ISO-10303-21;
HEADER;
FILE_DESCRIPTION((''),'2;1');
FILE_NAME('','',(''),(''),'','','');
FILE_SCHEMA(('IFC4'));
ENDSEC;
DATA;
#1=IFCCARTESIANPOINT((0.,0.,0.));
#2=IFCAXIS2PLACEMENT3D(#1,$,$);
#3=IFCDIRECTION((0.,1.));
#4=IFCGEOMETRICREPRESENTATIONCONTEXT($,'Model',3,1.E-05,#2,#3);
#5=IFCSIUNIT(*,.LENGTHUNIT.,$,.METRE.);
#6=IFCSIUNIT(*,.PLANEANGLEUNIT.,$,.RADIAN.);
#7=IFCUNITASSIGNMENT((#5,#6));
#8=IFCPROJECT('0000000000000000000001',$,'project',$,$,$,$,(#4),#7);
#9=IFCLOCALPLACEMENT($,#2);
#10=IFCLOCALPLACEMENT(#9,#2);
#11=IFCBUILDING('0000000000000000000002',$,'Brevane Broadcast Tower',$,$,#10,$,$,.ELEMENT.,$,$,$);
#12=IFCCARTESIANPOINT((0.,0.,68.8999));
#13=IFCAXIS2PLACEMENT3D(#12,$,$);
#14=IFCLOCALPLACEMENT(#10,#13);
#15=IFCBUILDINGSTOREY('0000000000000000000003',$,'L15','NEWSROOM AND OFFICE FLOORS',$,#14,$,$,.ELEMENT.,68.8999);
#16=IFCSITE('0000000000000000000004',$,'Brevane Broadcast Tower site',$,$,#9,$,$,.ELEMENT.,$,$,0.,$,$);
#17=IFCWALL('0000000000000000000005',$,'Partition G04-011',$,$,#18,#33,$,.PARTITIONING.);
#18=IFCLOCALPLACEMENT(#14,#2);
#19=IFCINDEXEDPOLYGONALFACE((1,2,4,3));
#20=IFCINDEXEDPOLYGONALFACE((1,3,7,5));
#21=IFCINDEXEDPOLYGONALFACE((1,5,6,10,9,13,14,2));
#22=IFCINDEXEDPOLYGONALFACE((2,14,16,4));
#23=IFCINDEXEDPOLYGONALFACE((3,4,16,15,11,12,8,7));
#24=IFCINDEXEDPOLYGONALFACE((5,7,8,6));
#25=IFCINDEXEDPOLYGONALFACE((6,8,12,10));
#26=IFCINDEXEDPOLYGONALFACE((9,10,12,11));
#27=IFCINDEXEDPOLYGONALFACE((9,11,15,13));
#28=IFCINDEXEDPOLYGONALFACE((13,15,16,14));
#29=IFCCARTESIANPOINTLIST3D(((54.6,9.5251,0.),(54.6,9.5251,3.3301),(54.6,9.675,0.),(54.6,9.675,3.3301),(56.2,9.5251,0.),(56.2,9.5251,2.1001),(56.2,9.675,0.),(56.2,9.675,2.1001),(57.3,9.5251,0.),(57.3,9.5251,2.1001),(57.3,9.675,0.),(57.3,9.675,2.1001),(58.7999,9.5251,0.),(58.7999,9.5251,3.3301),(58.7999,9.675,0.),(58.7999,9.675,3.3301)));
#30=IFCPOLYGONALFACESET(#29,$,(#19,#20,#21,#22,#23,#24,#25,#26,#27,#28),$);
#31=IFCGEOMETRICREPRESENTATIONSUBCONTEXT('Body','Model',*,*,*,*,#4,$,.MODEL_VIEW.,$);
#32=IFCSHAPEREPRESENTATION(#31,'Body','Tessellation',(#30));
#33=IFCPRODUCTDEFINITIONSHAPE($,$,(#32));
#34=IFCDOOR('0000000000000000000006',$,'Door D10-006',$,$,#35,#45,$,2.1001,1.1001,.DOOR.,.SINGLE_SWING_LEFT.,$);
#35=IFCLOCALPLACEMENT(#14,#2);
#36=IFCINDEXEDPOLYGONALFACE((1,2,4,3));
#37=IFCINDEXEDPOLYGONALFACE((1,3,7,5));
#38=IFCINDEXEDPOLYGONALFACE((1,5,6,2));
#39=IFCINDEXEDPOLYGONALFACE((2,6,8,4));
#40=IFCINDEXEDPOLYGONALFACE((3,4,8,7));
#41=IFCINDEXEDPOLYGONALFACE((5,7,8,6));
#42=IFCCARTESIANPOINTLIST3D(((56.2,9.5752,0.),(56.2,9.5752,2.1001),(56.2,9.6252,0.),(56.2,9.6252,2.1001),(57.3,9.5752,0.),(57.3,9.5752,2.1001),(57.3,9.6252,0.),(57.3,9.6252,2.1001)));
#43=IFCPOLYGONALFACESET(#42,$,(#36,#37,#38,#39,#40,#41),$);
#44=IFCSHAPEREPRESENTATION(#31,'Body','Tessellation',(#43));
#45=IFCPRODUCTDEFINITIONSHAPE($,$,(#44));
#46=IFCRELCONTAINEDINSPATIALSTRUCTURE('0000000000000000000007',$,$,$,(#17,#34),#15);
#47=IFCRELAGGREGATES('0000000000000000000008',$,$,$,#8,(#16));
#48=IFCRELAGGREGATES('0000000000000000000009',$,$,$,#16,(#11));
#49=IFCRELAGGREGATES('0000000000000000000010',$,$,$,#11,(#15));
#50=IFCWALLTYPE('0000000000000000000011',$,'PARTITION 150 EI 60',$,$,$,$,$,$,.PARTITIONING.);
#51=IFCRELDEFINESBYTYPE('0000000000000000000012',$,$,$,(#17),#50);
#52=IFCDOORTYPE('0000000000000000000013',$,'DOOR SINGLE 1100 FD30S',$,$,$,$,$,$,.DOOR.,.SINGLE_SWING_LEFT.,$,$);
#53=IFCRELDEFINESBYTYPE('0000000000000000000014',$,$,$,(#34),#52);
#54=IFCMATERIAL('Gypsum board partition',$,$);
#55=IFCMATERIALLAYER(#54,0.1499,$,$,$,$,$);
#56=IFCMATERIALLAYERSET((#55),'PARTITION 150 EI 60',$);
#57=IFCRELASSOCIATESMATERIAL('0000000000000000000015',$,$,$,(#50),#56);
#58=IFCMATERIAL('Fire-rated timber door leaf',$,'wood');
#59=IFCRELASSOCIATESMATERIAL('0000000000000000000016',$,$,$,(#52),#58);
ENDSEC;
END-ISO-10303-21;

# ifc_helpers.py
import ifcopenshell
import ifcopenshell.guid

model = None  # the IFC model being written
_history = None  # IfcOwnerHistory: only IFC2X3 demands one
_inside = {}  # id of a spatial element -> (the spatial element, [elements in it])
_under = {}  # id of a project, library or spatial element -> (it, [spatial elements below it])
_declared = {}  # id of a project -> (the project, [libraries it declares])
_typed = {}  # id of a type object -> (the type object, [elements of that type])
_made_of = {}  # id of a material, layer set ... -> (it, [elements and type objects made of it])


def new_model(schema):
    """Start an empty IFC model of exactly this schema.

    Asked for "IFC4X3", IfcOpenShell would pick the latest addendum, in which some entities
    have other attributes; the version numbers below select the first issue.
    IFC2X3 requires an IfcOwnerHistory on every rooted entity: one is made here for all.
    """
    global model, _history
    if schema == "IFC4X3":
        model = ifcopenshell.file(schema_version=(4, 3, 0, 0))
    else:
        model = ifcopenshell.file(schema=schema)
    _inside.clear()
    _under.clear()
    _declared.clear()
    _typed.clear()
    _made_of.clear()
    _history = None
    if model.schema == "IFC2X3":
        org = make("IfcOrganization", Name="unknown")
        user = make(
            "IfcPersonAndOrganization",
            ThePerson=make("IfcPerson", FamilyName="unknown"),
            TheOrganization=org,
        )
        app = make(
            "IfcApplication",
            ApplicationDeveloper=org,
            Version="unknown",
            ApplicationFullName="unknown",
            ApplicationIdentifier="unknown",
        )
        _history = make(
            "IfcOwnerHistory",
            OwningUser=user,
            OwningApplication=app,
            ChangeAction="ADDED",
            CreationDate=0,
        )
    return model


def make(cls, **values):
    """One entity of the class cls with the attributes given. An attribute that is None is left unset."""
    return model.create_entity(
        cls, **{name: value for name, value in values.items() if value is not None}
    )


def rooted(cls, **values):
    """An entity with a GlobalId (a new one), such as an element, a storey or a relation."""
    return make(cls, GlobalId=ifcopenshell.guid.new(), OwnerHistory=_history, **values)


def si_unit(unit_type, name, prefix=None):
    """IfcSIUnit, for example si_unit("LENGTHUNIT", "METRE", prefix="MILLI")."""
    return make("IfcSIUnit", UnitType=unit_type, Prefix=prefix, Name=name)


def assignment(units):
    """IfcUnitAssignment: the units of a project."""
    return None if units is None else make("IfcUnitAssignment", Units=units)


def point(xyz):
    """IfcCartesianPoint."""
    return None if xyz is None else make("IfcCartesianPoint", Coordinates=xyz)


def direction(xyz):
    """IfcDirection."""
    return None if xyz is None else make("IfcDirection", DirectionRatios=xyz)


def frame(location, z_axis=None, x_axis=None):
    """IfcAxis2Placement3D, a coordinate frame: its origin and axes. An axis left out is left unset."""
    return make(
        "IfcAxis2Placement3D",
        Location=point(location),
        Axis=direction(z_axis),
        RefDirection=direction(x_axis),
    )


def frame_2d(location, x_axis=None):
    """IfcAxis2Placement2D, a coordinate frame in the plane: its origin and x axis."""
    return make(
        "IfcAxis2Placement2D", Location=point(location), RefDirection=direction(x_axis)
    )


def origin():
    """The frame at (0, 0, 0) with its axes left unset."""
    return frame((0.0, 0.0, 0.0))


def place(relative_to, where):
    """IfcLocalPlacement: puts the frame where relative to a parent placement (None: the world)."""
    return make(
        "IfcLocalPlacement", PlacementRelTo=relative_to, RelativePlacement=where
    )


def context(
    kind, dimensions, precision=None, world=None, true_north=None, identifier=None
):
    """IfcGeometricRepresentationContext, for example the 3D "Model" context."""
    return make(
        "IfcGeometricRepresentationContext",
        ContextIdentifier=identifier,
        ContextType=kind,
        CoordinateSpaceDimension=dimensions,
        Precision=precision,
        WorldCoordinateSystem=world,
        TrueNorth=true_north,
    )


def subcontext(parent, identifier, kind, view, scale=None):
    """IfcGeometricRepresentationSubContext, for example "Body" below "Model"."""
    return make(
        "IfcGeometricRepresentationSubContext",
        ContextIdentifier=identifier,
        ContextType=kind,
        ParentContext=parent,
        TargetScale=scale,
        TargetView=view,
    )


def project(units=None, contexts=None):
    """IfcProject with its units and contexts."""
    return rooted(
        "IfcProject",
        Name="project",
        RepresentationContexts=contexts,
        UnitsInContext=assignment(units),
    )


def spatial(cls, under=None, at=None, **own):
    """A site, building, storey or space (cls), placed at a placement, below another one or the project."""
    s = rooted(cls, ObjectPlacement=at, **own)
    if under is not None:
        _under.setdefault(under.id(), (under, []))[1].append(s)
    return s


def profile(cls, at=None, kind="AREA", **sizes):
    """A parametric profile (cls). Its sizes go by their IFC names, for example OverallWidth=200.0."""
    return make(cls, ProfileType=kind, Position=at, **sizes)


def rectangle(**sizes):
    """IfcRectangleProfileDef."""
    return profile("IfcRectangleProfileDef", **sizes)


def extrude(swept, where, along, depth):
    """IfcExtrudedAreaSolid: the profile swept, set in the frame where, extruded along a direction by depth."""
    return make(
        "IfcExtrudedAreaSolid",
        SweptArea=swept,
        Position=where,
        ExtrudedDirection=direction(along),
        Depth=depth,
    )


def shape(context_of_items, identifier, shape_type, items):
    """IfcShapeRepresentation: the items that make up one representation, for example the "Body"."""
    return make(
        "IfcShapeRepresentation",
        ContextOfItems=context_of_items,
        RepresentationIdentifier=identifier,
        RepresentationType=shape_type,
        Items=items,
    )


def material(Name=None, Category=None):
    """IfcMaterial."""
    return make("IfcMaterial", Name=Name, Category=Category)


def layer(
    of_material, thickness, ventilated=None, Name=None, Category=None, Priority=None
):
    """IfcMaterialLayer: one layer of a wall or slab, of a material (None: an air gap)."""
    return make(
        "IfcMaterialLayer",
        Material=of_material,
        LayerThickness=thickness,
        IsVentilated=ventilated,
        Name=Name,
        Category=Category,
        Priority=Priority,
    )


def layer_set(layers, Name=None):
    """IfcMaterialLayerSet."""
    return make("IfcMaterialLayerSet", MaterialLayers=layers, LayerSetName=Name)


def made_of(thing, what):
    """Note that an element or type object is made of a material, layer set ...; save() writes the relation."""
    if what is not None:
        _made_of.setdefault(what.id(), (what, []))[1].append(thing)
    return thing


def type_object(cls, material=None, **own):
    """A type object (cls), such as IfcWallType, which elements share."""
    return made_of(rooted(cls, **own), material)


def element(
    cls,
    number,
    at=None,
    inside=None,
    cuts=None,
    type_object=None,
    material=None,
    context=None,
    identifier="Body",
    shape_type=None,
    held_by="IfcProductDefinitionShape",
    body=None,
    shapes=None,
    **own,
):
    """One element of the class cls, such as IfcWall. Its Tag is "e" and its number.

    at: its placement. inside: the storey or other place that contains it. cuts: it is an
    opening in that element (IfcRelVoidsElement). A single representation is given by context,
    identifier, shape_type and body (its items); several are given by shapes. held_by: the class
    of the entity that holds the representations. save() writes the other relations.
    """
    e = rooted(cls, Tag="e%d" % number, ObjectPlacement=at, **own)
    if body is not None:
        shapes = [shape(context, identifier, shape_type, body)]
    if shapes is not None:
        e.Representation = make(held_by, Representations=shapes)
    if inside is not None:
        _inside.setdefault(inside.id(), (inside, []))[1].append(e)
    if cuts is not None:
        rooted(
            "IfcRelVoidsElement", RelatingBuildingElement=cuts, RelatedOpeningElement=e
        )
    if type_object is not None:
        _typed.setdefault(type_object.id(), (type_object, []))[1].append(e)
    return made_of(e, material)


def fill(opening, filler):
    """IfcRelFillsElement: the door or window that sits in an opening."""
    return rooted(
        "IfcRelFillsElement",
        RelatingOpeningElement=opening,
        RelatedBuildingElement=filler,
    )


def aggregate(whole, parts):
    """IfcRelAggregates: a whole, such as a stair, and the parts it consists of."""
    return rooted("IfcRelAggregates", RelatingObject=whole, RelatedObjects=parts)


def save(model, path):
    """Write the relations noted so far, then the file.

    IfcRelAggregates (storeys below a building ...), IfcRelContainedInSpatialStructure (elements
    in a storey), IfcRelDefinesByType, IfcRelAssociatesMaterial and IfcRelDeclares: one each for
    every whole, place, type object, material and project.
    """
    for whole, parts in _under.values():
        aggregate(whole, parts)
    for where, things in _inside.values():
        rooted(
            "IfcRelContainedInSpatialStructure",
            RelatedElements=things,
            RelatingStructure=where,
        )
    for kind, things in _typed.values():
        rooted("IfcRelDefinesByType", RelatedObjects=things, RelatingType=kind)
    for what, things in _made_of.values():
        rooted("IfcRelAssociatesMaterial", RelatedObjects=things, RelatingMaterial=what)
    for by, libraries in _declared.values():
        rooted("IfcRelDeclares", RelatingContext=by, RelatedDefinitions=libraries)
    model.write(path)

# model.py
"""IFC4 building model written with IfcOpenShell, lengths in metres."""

from ifc_helpers import new_model, si_unit, direction, frame, frame_2d, origin, place, context, subcontext, project, spatial, rectangle, extrude, material, layer, layer_set, type_object, element, fill, save


model = new_model("IFC4")

# Units and contexts
model_context = context("Model", 3, precision=1e-05, world=origin(), true_north=direction((0.0, 1.0)))
body_context = subcontext(model_context, "Body", "Model", "MODEL_VIEW")
ifc_project = project(units=[si_unit("LENGTHUNIT", "METRE"), si_unit("PLANEANGLEUNIT", "RADIAN")], contexts=[model_context])

# Site, building, storey
site_placement = place(None, origin())
site = spatial("IfcSite", under=ifc_project, at=site_placement, Name="Brevane Broadcast Tower site", CompositionType="ELEMENT", RefElevation=0.0)
building_placement = place(site_placement, origin())
building = spatial("IfcBuilding", under=site, at=building_placement, Name="Brevane Broadcast Tower", CompositionType="ELEMENT")
storey_placement = place(building_placement, frame((0.0, 0.0, 68.8999)))
storey = spatial("IfcBuildingStorey", under=building, at=storey_placement, Name="L15", Description="NEWSROOM AND OFFICE FLOORS", CompositionType="ELEMENT", Elevation=68.8999)

# Shared definitions
ifc_material_1 = material(Name="Gypsum board partition")

# Wall, opening, door
ifc_layer_1 = layer(ifc_material_1, 0.1499)
ifc_layer_set_1 = layer_set([ifc_layer_1], Name="PARTITION 150 EI 60")
wall_type_1 = type_object("IfcWallType", Name="PARTITION 150 EI 60", PredefinedType="PARTITIONING", material=ifc_layer_set_1)
ifc_material_2 = material(Name="Fire-rated timber door leaf", Category="wood")
wall_1_placement = place(storey_placement, frame((58.8, 9.6001, 0.0), z_axis=(0.0, 0.0, 1.0), x_axis=(-1.0, 0.0, 0.0)))
wall_1 = element("IfcWall", 1, at=wall_1_placement, inside=storey, type_object=wall_type_1, Name="Partition G04-011", PredefinedType="PARTITIONING", context=body_context, shape_type="SweptSolid", body=[
    extrude(rectangle(XDim=4.2, YDim=0.1499, at=frame_2d((2.1001, 0.0))), origin(), (0.0, 0.0, 1.0), 3.3301),
])
opening_1_placement = place(wall_1_placement, frame((1.5, 0.0, 0.0)))
opening_1 = element("IfcOpeningElement", 2, at=opening_1_placement, cuts=wall_1, PredefinedType="OPENING", context=body_context, shape_type="SweptSolid", body=[
    extrude(rectangle(XDim=1.1001, YDim=2.1001, at=frame_2d((0.55, 1.05))), frame((0.0, 0.085, 0.0), z_axis=(0.0, -1.0, 0.0), x_axis=(1.0, 0.0, 0.0)), (0.0, 0.0, 1.0), 0.1699),
])
door_type_1 = type_object("IfcDoorType", Name="DOOR SINGLE 1100 FD30S", OperationType="SINGLE_SWING_LEFT", PredefinedType="DOOR", material=ifc_material_2)
door_1_placement = place(opening_1_placement, origin())
door_1 = element("IfcDoor", 3, at=door_1_placement, inside=storey, type_object=door_type_1, Name="Door D10-006", OperationType="SINGLE_SWING_LEFT", OverallHeight=2.1001, OverallWidth=1.1001, PredefinedType="DOOR", context=body_context, shape_type="SweptSolid", body=[
    extrude(rectangle(XDim=1.1001, YDim=2.1001, at=frame_2d((0.55, 1.05))), frame((0.0, 0.0249, 0.0), z_axis=(0.0, -1.0, 0.0), x_axis=(1.0, 0.0, 0.0)), (0.0, 0.0, 1.0), 0.05),
])
fill(opening_1, door_1)

save(model, "model.ifc")
